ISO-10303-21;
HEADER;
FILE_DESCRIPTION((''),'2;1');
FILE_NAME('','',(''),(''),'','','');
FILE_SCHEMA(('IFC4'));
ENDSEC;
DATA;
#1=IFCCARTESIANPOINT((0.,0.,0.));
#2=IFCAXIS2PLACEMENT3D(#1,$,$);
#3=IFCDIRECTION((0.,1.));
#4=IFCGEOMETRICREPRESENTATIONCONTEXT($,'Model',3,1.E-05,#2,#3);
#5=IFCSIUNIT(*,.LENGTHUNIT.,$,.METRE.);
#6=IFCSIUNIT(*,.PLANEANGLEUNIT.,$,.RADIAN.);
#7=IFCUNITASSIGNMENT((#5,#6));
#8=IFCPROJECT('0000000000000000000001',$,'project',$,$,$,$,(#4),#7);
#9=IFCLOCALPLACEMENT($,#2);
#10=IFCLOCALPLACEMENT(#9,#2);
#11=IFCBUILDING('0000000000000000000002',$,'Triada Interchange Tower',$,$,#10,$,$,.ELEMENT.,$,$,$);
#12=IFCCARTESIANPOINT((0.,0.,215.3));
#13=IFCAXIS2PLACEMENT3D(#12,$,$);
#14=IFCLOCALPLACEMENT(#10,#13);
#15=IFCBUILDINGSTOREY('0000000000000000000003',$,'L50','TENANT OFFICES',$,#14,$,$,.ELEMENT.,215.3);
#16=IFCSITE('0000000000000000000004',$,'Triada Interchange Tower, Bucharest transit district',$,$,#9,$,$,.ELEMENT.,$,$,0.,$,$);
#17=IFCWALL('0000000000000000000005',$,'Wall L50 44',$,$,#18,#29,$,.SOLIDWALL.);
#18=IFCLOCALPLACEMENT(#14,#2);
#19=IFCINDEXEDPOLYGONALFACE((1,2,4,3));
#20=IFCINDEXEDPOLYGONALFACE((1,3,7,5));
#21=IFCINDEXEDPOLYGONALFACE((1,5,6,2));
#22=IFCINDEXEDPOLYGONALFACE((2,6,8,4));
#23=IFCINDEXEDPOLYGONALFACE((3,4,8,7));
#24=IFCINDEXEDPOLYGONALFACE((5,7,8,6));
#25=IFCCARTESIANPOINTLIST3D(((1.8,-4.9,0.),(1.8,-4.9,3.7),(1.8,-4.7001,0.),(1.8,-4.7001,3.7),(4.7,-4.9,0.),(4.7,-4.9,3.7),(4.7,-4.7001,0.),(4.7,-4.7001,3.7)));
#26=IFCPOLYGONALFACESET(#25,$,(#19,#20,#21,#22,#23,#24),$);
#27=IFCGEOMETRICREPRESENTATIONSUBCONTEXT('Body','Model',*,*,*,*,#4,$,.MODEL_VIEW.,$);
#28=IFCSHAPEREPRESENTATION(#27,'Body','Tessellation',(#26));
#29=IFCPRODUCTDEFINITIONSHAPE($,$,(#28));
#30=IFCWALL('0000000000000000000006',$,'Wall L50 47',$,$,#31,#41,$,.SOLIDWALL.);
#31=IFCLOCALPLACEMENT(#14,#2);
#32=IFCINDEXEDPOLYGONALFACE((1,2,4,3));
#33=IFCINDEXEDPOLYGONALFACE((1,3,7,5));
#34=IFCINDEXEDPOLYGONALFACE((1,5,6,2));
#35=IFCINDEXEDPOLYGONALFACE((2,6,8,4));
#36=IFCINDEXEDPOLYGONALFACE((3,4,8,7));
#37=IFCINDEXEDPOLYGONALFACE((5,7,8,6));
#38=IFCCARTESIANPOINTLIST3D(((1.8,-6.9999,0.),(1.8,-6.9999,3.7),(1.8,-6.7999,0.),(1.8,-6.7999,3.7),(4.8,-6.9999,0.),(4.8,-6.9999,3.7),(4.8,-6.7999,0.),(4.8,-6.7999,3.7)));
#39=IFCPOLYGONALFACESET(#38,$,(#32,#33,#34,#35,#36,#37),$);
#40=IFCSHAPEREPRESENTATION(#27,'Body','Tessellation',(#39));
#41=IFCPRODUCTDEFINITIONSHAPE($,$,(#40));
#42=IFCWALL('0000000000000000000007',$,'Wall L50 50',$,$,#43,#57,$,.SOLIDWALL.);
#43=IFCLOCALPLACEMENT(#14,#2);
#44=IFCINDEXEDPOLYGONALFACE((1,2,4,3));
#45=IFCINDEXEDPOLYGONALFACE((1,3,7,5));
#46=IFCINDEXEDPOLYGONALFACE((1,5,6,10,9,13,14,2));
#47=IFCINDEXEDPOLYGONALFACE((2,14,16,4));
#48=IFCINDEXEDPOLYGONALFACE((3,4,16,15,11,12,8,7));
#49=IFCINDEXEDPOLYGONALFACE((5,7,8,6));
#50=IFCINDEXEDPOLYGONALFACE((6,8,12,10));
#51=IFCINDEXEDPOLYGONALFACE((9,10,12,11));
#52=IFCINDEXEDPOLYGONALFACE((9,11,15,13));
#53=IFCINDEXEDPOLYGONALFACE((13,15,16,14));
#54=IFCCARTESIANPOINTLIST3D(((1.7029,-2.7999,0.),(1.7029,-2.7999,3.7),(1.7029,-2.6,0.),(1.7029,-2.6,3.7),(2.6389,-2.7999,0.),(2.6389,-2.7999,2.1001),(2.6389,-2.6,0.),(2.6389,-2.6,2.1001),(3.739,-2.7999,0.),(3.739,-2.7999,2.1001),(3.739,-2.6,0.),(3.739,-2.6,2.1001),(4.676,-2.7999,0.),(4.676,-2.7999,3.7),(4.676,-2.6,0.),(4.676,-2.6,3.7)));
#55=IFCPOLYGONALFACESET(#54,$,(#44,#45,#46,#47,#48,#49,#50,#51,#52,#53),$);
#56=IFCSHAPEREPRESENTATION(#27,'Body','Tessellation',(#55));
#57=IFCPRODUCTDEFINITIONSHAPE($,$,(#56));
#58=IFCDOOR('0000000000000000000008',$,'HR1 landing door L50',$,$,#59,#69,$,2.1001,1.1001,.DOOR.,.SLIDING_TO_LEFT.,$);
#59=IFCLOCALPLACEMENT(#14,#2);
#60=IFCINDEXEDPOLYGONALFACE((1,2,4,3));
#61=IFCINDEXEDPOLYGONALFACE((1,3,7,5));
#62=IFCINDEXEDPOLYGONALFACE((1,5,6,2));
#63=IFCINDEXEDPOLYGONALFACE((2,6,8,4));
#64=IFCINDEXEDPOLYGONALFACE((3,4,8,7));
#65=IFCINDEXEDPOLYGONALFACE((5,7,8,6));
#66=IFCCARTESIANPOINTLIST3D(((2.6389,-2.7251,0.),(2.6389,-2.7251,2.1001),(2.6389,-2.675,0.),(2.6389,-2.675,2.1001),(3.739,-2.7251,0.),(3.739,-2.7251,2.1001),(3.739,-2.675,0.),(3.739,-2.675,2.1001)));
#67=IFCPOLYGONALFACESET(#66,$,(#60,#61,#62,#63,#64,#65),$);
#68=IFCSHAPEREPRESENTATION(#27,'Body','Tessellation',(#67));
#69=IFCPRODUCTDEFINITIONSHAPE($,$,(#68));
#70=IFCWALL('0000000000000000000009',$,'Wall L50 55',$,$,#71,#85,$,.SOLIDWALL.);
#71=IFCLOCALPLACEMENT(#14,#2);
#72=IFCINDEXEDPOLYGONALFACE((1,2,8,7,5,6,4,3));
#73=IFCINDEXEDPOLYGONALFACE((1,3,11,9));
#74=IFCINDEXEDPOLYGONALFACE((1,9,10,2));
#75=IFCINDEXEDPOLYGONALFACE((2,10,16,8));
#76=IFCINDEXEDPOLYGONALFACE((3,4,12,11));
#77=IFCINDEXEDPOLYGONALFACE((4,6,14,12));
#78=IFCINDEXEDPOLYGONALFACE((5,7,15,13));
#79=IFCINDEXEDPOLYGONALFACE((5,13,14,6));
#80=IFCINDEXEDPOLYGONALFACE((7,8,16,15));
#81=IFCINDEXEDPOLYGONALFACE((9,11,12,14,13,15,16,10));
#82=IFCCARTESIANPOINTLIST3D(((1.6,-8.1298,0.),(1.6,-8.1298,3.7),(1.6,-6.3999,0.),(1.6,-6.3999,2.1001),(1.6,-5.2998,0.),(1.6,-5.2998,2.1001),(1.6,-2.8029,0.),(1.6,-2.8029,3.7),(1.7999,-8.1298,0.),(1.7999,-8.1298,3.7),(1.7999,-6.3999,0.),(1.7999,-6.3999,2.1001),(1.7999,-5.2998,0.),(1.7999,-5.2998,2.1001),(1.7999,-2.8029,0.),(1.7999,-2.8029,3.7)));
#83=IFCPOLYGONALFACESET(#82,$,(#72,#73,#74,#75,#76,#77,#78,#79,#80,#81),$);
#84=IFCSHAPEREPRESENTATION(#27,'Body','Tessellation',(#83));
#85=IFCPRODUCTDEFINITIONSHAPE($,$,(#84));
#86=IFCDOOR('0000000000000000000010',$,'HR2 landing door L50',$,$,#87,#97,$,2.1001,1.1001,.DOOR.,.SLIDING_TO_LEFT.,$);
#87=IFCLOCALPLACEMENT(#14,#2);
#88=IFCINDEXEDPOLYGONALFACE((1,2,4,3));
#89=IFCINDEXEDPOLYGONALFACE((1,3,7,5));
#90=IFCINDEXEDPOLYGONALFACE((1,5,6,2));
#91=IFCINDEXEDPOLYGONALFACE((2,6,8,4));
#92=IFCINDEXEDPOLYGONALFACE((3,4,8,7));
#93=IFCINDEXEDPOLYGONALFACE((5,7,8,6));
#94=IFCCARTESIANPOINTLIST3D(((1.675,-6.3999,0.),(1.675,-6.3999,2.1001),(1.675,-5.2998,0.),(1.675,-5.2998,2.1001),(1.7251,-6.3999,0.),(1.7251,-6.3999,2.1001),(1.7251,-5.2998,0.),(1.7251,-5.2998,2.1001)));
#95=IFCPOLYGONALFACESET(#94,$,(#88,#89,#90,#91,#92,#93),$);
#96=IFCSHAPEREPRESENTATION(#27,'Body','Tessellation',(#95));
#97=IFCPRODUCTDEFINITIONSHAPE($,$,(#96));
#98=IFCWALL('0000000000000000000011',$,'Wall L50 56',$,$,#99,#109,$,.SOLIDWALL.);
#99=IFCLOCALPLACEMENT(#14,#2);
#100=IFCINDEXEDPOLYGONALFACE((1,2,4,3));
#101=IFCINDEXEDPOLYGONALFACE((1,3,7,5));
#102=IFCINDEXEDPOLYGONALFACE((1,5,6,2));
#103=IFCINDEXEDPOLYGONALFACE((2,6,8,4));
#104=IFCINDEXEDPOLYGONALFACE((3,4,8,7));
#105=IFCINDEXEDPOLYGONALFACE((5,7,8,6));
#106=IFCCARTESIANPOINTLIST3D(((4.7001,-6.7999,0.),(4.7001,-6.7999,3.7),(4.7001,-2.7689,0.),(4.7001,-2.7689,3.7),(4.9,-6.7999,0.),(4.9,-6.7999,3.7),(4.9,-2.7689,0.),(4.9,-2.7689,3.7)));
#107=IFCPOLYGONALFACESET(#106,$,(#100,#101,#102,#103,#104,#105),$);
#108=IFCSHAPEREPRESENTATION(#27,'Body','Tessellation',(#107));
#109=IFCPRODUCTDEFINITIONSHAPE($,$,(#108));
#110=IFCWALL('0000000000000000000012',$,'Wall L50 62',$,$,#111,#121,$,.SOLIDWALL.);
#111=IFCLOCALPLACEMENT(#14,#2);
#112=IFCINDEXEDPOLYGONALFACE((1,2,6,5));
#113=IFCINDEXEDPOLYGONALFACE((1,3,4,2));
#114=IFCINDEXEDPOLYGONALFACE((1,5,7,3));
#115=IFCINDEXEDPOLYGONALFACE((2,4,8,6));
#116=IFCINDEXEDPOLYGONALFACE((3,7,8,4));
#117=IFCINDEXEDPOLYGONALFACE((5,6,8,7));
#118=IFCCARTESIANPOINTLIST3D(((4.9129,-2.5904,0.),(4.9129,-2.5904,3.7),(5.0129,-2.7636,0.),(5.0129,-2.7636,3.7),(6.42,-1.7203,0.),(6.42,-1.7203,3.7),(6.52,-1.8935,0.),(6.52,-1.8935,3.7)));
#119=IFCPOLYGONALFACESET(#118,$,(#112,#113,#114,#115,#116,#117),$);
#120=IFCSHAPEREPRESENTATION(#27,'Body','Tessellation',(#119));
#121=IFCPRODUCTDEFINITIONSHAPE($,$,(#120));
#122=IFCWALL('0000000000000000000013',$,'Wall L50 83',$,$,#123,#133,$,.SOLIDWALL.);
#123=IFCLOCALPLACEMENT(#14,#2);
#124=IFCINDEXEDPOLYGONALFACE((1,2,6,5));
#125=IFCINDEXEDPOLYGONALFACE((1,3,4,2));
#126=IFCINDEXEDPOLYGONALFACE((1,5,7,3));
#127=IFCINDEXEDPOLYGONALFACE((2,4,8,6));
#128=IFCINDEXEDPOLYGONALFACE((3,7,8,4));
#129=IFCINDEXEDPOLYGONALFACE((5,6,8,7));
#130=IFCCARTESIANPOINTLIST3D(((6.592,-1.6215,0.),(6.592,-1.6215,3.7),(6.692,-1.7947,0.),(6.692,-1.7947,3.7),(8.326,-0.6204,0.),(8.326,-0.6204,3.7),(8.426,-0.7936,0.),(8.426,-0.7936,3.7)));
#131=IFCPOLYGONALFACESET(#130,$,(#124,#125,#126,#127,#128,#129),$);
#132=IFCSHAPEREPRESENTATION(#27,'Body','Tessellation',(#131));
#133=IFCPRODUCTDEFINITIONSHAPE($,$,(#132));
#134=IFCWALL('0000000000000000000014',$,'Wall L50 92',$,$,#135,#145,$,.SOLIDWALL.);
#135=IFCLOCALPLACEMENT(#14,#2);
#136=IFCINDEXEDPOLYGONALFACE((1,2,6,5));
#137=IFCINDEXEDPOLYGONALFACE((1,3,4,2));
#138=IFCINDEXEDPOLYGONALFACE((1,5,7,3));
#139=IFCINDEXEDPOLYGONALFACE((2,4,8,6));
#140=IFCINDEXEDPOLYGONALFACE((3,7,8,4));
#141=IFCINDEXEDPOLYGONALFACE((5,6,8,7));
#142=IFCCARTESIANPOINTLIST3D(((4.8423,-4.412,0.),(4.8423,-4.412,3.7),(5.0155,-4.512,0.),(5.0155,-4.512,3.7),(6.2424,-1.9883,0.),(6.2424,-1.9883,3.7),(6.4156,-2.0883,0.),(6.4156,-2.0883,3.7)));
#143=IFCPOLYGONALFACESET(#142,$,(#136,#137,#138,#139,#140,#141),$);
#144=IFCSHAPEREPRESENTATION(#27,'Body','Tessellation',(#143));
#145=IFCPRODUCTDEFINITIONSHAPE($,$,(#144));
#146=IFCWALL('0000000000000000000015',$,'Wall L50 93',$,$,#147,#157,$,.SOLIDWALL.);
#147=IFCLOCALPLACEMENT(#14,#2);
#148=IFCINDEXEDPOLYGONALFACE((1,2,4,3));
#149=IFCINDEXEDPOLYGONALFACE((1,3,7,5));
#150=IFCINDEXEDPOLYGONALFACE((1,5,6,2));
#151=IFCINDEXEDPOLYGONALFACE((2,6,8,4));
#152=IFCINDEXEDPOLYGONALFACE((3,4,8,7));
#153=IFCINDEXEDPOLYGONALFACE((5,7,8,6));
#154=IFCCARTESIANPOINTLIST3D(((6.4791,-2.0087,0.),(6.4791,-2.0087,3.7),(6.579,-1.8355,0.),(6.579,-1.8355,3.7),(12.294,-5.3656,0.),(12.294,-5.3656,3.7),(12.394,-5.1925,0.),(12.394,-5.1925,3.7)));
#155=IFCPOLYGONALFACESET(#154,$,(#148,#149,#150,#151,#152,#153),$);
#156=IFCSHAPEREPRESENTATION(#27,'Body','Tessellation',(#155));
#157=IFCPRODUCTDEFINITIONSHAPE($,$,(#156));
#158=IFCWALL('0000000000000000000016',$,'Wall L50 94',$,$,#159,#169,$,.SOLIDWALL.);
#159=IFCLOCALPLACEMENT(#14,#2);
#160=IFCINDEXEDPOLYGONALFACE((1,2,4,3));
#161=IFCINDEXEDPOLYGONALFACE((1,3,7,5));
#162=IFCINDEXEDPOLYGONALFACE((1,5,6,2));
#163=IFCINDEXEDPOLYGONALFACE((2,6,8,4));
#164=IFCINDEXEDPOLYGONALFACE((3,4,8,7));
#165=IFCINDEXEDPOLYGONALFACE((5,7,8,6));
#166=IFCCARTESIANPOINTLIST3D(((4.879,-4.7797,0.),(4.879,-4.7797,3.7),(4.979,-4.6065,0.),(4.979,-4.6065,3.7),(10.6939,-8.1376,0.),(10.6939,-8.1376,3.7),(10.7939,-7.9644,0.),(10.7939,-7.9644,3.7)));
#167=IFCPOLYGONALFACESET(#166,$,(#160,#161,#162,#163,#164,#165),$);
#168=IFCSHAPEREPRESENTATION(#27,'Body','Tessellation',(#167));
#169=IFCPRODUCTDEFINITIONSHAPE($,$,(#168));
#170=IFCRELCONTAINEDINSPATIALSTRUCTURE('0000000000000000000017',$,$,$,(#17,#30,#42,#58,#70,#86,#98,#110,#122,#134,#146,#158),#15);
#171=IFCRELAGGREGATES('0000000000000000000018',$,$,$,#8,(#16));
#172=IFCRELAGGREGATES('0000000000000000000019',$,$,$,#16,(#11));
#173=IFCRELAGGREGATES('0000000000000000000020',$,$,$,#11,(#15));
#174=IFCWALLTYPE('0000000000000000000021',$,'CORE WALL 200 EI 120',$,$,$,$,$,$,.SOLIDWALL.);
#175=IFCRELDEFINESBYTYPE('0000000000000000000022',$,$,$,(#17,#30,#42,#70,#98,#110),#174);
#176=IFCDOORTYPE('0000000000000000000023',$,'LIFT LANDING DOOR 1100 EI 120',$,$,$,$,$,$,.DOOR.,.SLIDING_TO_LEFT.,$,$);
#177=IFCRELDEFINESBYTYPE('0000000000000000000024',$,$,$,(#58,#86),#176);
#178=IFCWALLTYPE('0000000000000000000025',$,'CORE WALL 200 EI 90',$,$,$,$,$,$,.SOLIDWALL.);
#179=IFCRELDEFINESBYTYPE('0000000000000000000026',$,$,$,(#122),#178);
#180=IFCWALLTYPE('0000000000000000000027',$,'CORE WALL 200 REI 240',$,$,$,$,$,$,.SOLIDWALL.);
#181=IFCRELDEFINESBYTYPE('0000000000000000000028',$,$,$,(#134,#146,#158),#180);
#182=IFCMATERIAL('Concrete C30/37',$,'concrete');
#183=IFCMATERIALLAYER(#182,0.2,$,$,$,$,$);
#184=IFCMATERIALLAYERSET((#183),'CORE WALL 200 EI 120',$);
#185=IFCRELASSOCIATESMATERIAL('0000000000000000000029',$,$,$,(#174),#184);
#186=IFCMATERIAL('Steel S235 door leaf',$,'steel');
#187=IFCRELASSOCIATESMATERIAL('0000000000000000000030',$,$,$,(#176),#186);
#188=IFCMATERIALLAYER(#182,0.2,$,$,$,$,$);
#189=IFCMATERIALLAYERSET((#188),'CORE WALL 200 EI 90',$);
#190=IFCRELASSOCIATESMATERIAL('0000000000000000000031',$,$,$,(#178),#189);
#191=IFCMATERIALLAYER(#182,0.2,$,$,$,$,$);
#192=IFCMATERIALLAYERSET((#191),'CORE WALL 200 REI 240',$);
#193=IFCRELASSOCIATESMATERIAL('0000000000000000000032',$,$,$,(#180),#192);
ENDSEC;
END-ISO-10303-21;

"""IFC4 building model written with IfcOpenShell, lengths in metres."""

from ifc_helpers import new_model, si_unit, direction, frame, frame_2d, origin, place, context, subcontext, project, spatial, rectangle, extrude, material, layer, layer_set, type_object, element, fill, save


model = new_model("IFC4")

# Units and contexts
model_context = context("Model", 3, precision=1e-05, world=origin(), true_north=direction((0.0, 1.0)))
body_context = subcontext(model_context, "Body", "Model", "MODEL_VIEW")
ifc_project = project(units=[si_unit("LENGTHUNIT", "METRE"), si_unit("PLANEANGLEUNIT", "RADIAN")], contexts=[model_context])

# Site, building, storey
site_placement = place(None, origin())
site = spatial("IfcSite", under=ifc_project, at=site_placement, Name="Triada Interchange Tower, Bucharest transit district", CompositionType="ELEMENT", RefElevation=0.0)
building_placement = place(site_placement, origin())
building = spatial("IfcBuilding", under=site, at=building_placement, Name="Triada Interchange Tower", CompositionType="ELEMENT")
storey_placement = place(building_placement, frame((0.0, 0.0, 215.3)))
storey = spatial("IfcBuildingStorey", under=building, at=storey_placement, Name="L50", Description="TENANT OFFICES", CompositionType="ELEMENT", Elevation=215.3)

# Walls
ifc_material_1 = material(Name="Concrete C30/37", Category="concrete")
ifc_layer_1 = layer(ifc_material_1, 0.2)
ifc_layer_set_1 = layer_set([ifc_layer_1], Name="CORE WALL 200 EI 120")
wall_type_1 = type_object("IfcWallType", Name="CORE WALL 200 EI 120", PredefinedType="SOLIDWALL", material=ifc_layer_set_1)
wall_1_placement = place(storey_placement, frame((1.8, -4.8, 0.0), z_axis=(0.0, 0.0, 1.0), x_axis=(1.0, 0.0, 0.0)))
element("IfcWall", 1, at=wall_1_placement, inside=storey, type_object=wall_type_1, Name="Wall L50 44", PredefinedType="SOLIDWALL", context=body_context, shape_type="SweptSolid", body=[
    extrude(rectangle(XDim=2.8999, YDim=0.2, at=frame_2d((1.45, 0.0))), origin(), (0.0, 0.0, 1.0), 3.7),
])
wall_2_placement = place(storey_placement, frame((1.8, -6.8999, 0.0), z_axis=(0.0, 0.0, 1.0), x_axis=(1.0, 0.0, 0.0)))
element("IfcWall", 2, at=wall_2_placement, inside=storey, type_object=wall_type_1, Name="Wall L50 47", PredefinedType="SOLIDWALL", context=body_context, shape_type="SweptSolid", body=[
    extrude(rectangle(XDim=3.0, YDim=0.2, at=frame_2d((1.5, 0.0))), origin(), (0.0, 0.0, 1.0), 3.7),
])

# Walls, openings, doors
wall_3_placement = place(storey_placement, frame((1.7029, -2.7, 0.0), z_axis=(0.0, 0.0, 1.0), x_axis=(1.0, 0.0, 0.0)))
wall_3 = element("IfcWall", 3, at=wall_3_placement, inside=storey, type_object=wall_type_1, Name="Wall L50 50", PredefinedType="SOLIDWALL", context=body_context, shape_type="SweptSolid", body=[
    extrude(rectangle(XDim=2.9731, YDim=0.2, at=frame_2d((1.4866, 0.0))), origin(), (0.0, 0.0, 1.0), 3.7),
])
opening_1_placement = place(wall_3_placement, frame((0.936, 0.0, 0.0)))
opening_1 = element("IfcOpeningElement", 4, at=opening_1_placement, cuts=wall_3, PredefinedType="OPENING", context=body_context, shape_type="SweptSolid", body=[
    extrude(rectangle(XDim=1.1001, YDim=2.1001, at=frame_2d((0.55, 1.05))), frame((0.0, 0.1099, 0.0), z_axis=(0.0, -1.0, 0.0), x_axis=(1.0, 0.0, 0.0)), (0.0, 0.0, 1.0), 0.22),
])
ifc_material_2 = material(Name="Steel S235 door leaf", Category="steel")
door_type_1 = type_object("IfcDoorType", Name="LIFT LANDING DOOR 1100 EI 120", OperationType="SLIDING_TO_LEFT", PredefinedType="DOOR", material=ifc_material_2)
door_1_placement = place(opening_1_placement, origin())
door_1 = element("IfcDoor", 5, at=door_1_placement, inside=storey, type_object=door_type_1, Name="HR1 landing door L50", OperationType="SLIDING_TO_LEFT", OverallHeight=2.1001, OverallWidth=1.1001, PredefinedType="DOOR", context=body_context, shape_type="SweptSolid", body=[
    extrude(rectangle(XDim=1.1001, YDim=2.1001, at=frame_2d((0.55, 1.05))), frame((0.0, 0.0249, 0.0), z_axis=(0.0, -1.0, 0.0), x_axis=(1.0, 0.0, 0.0)), (0.0, 0.0, 1.0), 0.05),
])
fill(opening_1, door_1)
wall_4_placement = place(storey_placement, frame((1.7, -8.1299, 0.0), z_axis=(0.0, 0.0, 1.0), x_axis=(0.0, 1.0, 0.0)))
wall_4 = element("IfcWall", 6, at=wall_4_placement, inside=storey, type_object=wall_type_1, Name="Wall L50 55", PredefinedType="SOLIDWALL", context=body_context, shape_type="SweptSolid", body=[
    extrude(rectangle(XDim=5.3269, YDim=0.2, at=frame_2d((2.6636, 0.0))), origin(), (0.0, 0.0, 1.0), 3.7),
])
opening_2_placement = place(wall_4_placement, frame((1.73, 0.0, 0.0)))
opening_2 = element("IfcOpeningElement", 7, at=opening_2_placement, cuts=wall_4, PredefinedType="OPENING", context=body_context, shape_type="SweptSolid", body=[
    extrude(rectangle(XDim=1.1001, YDim=2.1001, at=frame_2d((0.55, 1.05))), frame((0.0, 0.1099, 0.0), z_axis=(0.0, -1.0, 0.0), x_axis=(1.0, 0.0, 0.0)), (0.0, 0.0, 1.0), 0.22),
])
door_2_placement = place(opening_2_placement, origin())
door_2 = element("IfcDoor", 8, at=door_2_placement, inside=storey, type_object=door_type_1, Name="HR2 landing door L50", OperationType="SLIDING_TO_LEFT", OverallHeight=2.1001, OverallWidth=1.1001, PredefinedType="DOOR", context=body_context, shape_type="SweptSolid", body=[
    extrude(rectangle(XDim=1.1001, YDim=2.1001, at=frame_2d((0.55, 1.05))), frame((0.0, 0.0249, 0.0), z_axis=(0.0, -1.0, 0.0), x_axis=(1.0, 0.0, 0.0)), (0.0, 0.0, 1.0), 0.05),
])
fill(opening_2, door_2)

# Walls
wall_5_placement = place(storey_placement, frame((4.8, -6.8, 0.0), z_axis=(0.0, 0.0, 1.0), x_axis=(0.0, 1.0, 0.0)))
element("IfcWall", 9, at=wall_5_placement, inside=storey, type_object=wall_type_1, Name="Wall L50 56", PredefinedType="SOLIDWALL", context=body_context, shape_type="SweptSolid", body=[
    extrude(rectangle(XDim=4.031, YDim=0.2, at=frame_2d((2.0156, 0.0))), origin(), (0.0, 0.0, 1.0), 3.7),
])
wall_6_placement = place(storey_placement, frame((4.9629, -2.677, 0.0), z_axis=(0.0, 0.0, 1.0), x_axis=(0.866024, 0.500002, 0.0)))
element("IfcWall", 10, at=wall_6_placement, inside=storey, type_object=wall_type_1, Name="Wall L50 62", PredefinedType="SOLIDWALL", context=body_context, shape_type="SweptSolid", body=[
    extrude(rectangle(XDim=1.7402, YDim=0.2, at=frame_2d((0.8701, 0.0))), origin(), (0.0, 0.0, 1.0), 3.7),
])
ifc_layer_2 = layer(ifc_material_1, 0.2)
ifc_layer_set_2 = layer_set([ifc_layer_2], Name="CORE WALL 200 EI 90")
wall_type_2 = type_object("IfcWallType", Name="CORE WALL 200 EI 90", PredefinedType="SOLIDWALL", material=ifc_layer_set_2)
wall_7_placement = place(storey_placement, frame((6.6421, -1.708, 0.0), z_axis=(0.0, 0.0, 1.0), x_axis=(0.866043, 0.499969, 0.0)))
element("IfcWall", 11, at=wall_7_placement, inside=storey, type_object=wall_type_2, Name="Wall L50 83", PredefinedType="SOLIDWALL", context=body_context, shape_type="SweptSolid", body=[
    extrude(rectangle(XDim=2.0022, YDim=0.2, at=frame_2d((1.001, 0.0))), origin(), (0.0, 0.0, 1.0), 3.7),
])
ifc_layer_3 = layer(ifc_material_1, 0.2)
ifc_layer_set_3 = layer_set([ifc_layer_3], Name="CORE WALL 200 REI 240")
wall_type_3 = type_object("IfcWallType", Name="CORE WALL 200 REI 240", PredefinedType="SOLIDWALL", material=ifc_layer_set_3)
wall_8_placement = place(storey_placement, frame((4.929, -4.4619, 0.0), z_axis=(0.0, 0.0, 1.0), x_axis=(0.500201, 0.86591, 0.0)))
element("IfcWall", 12, at=wall_8_placement, inside=storey, type_object=wall_type_3, Name="Wall L50 92", PredefinedType="SOLIDWALL", context=body_context, shape_type="SweptSolid", body=[
    extrude(rectangle(XDim=2.7991, YDim=0.2, at=frame_2d((1.3994, 0.0))), origin(), (0.0, 0.0, 1.0), 3.7),
])
wall_9_placement = place(storey_placement, frame((6.5291, -1.9221, 0.0), z_axis=(0.0, 0.0, 1.0), x_axis=(0.866046, -0.499964, 0.0)))
element("IfcWall", 13, at=wall_9_placement, inside=storey, type_object=wall_type_3, Name="Wall L50 93", PredefinedType="SOLIDWALL", context=body_context, shape_type="SweptSolid", body=[
    extrude(rectangle(XDim=6.7144, YDim=0.2, at=frame_2d((3.3572, 0.0))), origin(), (0.0, 0.0, 1.0), 3.7),
])
wall_10_placement = place(storey_placement, frame((4.929, -4.6931, 0.0), z_axis=(0.0, 0.0, 1.0), x_axis=(0.865983, -0.500073, 0.0)))
element("IfcWall", 14, at=wall_10_placement, inside=storey, type_object=wall_type_3, Name="Wall L50 94", PredefinedType="SOLIDWALL", context=body_context, shape_type="SweptSolid", body=[
    extrude(rectangle(XDim=6.7148, YDim=0.2, at=frame_2d((3.3574, 0.0))), origin(), (0.0, 0.0, 1.0), 3.7),
])

save(model, "model.ifc")
